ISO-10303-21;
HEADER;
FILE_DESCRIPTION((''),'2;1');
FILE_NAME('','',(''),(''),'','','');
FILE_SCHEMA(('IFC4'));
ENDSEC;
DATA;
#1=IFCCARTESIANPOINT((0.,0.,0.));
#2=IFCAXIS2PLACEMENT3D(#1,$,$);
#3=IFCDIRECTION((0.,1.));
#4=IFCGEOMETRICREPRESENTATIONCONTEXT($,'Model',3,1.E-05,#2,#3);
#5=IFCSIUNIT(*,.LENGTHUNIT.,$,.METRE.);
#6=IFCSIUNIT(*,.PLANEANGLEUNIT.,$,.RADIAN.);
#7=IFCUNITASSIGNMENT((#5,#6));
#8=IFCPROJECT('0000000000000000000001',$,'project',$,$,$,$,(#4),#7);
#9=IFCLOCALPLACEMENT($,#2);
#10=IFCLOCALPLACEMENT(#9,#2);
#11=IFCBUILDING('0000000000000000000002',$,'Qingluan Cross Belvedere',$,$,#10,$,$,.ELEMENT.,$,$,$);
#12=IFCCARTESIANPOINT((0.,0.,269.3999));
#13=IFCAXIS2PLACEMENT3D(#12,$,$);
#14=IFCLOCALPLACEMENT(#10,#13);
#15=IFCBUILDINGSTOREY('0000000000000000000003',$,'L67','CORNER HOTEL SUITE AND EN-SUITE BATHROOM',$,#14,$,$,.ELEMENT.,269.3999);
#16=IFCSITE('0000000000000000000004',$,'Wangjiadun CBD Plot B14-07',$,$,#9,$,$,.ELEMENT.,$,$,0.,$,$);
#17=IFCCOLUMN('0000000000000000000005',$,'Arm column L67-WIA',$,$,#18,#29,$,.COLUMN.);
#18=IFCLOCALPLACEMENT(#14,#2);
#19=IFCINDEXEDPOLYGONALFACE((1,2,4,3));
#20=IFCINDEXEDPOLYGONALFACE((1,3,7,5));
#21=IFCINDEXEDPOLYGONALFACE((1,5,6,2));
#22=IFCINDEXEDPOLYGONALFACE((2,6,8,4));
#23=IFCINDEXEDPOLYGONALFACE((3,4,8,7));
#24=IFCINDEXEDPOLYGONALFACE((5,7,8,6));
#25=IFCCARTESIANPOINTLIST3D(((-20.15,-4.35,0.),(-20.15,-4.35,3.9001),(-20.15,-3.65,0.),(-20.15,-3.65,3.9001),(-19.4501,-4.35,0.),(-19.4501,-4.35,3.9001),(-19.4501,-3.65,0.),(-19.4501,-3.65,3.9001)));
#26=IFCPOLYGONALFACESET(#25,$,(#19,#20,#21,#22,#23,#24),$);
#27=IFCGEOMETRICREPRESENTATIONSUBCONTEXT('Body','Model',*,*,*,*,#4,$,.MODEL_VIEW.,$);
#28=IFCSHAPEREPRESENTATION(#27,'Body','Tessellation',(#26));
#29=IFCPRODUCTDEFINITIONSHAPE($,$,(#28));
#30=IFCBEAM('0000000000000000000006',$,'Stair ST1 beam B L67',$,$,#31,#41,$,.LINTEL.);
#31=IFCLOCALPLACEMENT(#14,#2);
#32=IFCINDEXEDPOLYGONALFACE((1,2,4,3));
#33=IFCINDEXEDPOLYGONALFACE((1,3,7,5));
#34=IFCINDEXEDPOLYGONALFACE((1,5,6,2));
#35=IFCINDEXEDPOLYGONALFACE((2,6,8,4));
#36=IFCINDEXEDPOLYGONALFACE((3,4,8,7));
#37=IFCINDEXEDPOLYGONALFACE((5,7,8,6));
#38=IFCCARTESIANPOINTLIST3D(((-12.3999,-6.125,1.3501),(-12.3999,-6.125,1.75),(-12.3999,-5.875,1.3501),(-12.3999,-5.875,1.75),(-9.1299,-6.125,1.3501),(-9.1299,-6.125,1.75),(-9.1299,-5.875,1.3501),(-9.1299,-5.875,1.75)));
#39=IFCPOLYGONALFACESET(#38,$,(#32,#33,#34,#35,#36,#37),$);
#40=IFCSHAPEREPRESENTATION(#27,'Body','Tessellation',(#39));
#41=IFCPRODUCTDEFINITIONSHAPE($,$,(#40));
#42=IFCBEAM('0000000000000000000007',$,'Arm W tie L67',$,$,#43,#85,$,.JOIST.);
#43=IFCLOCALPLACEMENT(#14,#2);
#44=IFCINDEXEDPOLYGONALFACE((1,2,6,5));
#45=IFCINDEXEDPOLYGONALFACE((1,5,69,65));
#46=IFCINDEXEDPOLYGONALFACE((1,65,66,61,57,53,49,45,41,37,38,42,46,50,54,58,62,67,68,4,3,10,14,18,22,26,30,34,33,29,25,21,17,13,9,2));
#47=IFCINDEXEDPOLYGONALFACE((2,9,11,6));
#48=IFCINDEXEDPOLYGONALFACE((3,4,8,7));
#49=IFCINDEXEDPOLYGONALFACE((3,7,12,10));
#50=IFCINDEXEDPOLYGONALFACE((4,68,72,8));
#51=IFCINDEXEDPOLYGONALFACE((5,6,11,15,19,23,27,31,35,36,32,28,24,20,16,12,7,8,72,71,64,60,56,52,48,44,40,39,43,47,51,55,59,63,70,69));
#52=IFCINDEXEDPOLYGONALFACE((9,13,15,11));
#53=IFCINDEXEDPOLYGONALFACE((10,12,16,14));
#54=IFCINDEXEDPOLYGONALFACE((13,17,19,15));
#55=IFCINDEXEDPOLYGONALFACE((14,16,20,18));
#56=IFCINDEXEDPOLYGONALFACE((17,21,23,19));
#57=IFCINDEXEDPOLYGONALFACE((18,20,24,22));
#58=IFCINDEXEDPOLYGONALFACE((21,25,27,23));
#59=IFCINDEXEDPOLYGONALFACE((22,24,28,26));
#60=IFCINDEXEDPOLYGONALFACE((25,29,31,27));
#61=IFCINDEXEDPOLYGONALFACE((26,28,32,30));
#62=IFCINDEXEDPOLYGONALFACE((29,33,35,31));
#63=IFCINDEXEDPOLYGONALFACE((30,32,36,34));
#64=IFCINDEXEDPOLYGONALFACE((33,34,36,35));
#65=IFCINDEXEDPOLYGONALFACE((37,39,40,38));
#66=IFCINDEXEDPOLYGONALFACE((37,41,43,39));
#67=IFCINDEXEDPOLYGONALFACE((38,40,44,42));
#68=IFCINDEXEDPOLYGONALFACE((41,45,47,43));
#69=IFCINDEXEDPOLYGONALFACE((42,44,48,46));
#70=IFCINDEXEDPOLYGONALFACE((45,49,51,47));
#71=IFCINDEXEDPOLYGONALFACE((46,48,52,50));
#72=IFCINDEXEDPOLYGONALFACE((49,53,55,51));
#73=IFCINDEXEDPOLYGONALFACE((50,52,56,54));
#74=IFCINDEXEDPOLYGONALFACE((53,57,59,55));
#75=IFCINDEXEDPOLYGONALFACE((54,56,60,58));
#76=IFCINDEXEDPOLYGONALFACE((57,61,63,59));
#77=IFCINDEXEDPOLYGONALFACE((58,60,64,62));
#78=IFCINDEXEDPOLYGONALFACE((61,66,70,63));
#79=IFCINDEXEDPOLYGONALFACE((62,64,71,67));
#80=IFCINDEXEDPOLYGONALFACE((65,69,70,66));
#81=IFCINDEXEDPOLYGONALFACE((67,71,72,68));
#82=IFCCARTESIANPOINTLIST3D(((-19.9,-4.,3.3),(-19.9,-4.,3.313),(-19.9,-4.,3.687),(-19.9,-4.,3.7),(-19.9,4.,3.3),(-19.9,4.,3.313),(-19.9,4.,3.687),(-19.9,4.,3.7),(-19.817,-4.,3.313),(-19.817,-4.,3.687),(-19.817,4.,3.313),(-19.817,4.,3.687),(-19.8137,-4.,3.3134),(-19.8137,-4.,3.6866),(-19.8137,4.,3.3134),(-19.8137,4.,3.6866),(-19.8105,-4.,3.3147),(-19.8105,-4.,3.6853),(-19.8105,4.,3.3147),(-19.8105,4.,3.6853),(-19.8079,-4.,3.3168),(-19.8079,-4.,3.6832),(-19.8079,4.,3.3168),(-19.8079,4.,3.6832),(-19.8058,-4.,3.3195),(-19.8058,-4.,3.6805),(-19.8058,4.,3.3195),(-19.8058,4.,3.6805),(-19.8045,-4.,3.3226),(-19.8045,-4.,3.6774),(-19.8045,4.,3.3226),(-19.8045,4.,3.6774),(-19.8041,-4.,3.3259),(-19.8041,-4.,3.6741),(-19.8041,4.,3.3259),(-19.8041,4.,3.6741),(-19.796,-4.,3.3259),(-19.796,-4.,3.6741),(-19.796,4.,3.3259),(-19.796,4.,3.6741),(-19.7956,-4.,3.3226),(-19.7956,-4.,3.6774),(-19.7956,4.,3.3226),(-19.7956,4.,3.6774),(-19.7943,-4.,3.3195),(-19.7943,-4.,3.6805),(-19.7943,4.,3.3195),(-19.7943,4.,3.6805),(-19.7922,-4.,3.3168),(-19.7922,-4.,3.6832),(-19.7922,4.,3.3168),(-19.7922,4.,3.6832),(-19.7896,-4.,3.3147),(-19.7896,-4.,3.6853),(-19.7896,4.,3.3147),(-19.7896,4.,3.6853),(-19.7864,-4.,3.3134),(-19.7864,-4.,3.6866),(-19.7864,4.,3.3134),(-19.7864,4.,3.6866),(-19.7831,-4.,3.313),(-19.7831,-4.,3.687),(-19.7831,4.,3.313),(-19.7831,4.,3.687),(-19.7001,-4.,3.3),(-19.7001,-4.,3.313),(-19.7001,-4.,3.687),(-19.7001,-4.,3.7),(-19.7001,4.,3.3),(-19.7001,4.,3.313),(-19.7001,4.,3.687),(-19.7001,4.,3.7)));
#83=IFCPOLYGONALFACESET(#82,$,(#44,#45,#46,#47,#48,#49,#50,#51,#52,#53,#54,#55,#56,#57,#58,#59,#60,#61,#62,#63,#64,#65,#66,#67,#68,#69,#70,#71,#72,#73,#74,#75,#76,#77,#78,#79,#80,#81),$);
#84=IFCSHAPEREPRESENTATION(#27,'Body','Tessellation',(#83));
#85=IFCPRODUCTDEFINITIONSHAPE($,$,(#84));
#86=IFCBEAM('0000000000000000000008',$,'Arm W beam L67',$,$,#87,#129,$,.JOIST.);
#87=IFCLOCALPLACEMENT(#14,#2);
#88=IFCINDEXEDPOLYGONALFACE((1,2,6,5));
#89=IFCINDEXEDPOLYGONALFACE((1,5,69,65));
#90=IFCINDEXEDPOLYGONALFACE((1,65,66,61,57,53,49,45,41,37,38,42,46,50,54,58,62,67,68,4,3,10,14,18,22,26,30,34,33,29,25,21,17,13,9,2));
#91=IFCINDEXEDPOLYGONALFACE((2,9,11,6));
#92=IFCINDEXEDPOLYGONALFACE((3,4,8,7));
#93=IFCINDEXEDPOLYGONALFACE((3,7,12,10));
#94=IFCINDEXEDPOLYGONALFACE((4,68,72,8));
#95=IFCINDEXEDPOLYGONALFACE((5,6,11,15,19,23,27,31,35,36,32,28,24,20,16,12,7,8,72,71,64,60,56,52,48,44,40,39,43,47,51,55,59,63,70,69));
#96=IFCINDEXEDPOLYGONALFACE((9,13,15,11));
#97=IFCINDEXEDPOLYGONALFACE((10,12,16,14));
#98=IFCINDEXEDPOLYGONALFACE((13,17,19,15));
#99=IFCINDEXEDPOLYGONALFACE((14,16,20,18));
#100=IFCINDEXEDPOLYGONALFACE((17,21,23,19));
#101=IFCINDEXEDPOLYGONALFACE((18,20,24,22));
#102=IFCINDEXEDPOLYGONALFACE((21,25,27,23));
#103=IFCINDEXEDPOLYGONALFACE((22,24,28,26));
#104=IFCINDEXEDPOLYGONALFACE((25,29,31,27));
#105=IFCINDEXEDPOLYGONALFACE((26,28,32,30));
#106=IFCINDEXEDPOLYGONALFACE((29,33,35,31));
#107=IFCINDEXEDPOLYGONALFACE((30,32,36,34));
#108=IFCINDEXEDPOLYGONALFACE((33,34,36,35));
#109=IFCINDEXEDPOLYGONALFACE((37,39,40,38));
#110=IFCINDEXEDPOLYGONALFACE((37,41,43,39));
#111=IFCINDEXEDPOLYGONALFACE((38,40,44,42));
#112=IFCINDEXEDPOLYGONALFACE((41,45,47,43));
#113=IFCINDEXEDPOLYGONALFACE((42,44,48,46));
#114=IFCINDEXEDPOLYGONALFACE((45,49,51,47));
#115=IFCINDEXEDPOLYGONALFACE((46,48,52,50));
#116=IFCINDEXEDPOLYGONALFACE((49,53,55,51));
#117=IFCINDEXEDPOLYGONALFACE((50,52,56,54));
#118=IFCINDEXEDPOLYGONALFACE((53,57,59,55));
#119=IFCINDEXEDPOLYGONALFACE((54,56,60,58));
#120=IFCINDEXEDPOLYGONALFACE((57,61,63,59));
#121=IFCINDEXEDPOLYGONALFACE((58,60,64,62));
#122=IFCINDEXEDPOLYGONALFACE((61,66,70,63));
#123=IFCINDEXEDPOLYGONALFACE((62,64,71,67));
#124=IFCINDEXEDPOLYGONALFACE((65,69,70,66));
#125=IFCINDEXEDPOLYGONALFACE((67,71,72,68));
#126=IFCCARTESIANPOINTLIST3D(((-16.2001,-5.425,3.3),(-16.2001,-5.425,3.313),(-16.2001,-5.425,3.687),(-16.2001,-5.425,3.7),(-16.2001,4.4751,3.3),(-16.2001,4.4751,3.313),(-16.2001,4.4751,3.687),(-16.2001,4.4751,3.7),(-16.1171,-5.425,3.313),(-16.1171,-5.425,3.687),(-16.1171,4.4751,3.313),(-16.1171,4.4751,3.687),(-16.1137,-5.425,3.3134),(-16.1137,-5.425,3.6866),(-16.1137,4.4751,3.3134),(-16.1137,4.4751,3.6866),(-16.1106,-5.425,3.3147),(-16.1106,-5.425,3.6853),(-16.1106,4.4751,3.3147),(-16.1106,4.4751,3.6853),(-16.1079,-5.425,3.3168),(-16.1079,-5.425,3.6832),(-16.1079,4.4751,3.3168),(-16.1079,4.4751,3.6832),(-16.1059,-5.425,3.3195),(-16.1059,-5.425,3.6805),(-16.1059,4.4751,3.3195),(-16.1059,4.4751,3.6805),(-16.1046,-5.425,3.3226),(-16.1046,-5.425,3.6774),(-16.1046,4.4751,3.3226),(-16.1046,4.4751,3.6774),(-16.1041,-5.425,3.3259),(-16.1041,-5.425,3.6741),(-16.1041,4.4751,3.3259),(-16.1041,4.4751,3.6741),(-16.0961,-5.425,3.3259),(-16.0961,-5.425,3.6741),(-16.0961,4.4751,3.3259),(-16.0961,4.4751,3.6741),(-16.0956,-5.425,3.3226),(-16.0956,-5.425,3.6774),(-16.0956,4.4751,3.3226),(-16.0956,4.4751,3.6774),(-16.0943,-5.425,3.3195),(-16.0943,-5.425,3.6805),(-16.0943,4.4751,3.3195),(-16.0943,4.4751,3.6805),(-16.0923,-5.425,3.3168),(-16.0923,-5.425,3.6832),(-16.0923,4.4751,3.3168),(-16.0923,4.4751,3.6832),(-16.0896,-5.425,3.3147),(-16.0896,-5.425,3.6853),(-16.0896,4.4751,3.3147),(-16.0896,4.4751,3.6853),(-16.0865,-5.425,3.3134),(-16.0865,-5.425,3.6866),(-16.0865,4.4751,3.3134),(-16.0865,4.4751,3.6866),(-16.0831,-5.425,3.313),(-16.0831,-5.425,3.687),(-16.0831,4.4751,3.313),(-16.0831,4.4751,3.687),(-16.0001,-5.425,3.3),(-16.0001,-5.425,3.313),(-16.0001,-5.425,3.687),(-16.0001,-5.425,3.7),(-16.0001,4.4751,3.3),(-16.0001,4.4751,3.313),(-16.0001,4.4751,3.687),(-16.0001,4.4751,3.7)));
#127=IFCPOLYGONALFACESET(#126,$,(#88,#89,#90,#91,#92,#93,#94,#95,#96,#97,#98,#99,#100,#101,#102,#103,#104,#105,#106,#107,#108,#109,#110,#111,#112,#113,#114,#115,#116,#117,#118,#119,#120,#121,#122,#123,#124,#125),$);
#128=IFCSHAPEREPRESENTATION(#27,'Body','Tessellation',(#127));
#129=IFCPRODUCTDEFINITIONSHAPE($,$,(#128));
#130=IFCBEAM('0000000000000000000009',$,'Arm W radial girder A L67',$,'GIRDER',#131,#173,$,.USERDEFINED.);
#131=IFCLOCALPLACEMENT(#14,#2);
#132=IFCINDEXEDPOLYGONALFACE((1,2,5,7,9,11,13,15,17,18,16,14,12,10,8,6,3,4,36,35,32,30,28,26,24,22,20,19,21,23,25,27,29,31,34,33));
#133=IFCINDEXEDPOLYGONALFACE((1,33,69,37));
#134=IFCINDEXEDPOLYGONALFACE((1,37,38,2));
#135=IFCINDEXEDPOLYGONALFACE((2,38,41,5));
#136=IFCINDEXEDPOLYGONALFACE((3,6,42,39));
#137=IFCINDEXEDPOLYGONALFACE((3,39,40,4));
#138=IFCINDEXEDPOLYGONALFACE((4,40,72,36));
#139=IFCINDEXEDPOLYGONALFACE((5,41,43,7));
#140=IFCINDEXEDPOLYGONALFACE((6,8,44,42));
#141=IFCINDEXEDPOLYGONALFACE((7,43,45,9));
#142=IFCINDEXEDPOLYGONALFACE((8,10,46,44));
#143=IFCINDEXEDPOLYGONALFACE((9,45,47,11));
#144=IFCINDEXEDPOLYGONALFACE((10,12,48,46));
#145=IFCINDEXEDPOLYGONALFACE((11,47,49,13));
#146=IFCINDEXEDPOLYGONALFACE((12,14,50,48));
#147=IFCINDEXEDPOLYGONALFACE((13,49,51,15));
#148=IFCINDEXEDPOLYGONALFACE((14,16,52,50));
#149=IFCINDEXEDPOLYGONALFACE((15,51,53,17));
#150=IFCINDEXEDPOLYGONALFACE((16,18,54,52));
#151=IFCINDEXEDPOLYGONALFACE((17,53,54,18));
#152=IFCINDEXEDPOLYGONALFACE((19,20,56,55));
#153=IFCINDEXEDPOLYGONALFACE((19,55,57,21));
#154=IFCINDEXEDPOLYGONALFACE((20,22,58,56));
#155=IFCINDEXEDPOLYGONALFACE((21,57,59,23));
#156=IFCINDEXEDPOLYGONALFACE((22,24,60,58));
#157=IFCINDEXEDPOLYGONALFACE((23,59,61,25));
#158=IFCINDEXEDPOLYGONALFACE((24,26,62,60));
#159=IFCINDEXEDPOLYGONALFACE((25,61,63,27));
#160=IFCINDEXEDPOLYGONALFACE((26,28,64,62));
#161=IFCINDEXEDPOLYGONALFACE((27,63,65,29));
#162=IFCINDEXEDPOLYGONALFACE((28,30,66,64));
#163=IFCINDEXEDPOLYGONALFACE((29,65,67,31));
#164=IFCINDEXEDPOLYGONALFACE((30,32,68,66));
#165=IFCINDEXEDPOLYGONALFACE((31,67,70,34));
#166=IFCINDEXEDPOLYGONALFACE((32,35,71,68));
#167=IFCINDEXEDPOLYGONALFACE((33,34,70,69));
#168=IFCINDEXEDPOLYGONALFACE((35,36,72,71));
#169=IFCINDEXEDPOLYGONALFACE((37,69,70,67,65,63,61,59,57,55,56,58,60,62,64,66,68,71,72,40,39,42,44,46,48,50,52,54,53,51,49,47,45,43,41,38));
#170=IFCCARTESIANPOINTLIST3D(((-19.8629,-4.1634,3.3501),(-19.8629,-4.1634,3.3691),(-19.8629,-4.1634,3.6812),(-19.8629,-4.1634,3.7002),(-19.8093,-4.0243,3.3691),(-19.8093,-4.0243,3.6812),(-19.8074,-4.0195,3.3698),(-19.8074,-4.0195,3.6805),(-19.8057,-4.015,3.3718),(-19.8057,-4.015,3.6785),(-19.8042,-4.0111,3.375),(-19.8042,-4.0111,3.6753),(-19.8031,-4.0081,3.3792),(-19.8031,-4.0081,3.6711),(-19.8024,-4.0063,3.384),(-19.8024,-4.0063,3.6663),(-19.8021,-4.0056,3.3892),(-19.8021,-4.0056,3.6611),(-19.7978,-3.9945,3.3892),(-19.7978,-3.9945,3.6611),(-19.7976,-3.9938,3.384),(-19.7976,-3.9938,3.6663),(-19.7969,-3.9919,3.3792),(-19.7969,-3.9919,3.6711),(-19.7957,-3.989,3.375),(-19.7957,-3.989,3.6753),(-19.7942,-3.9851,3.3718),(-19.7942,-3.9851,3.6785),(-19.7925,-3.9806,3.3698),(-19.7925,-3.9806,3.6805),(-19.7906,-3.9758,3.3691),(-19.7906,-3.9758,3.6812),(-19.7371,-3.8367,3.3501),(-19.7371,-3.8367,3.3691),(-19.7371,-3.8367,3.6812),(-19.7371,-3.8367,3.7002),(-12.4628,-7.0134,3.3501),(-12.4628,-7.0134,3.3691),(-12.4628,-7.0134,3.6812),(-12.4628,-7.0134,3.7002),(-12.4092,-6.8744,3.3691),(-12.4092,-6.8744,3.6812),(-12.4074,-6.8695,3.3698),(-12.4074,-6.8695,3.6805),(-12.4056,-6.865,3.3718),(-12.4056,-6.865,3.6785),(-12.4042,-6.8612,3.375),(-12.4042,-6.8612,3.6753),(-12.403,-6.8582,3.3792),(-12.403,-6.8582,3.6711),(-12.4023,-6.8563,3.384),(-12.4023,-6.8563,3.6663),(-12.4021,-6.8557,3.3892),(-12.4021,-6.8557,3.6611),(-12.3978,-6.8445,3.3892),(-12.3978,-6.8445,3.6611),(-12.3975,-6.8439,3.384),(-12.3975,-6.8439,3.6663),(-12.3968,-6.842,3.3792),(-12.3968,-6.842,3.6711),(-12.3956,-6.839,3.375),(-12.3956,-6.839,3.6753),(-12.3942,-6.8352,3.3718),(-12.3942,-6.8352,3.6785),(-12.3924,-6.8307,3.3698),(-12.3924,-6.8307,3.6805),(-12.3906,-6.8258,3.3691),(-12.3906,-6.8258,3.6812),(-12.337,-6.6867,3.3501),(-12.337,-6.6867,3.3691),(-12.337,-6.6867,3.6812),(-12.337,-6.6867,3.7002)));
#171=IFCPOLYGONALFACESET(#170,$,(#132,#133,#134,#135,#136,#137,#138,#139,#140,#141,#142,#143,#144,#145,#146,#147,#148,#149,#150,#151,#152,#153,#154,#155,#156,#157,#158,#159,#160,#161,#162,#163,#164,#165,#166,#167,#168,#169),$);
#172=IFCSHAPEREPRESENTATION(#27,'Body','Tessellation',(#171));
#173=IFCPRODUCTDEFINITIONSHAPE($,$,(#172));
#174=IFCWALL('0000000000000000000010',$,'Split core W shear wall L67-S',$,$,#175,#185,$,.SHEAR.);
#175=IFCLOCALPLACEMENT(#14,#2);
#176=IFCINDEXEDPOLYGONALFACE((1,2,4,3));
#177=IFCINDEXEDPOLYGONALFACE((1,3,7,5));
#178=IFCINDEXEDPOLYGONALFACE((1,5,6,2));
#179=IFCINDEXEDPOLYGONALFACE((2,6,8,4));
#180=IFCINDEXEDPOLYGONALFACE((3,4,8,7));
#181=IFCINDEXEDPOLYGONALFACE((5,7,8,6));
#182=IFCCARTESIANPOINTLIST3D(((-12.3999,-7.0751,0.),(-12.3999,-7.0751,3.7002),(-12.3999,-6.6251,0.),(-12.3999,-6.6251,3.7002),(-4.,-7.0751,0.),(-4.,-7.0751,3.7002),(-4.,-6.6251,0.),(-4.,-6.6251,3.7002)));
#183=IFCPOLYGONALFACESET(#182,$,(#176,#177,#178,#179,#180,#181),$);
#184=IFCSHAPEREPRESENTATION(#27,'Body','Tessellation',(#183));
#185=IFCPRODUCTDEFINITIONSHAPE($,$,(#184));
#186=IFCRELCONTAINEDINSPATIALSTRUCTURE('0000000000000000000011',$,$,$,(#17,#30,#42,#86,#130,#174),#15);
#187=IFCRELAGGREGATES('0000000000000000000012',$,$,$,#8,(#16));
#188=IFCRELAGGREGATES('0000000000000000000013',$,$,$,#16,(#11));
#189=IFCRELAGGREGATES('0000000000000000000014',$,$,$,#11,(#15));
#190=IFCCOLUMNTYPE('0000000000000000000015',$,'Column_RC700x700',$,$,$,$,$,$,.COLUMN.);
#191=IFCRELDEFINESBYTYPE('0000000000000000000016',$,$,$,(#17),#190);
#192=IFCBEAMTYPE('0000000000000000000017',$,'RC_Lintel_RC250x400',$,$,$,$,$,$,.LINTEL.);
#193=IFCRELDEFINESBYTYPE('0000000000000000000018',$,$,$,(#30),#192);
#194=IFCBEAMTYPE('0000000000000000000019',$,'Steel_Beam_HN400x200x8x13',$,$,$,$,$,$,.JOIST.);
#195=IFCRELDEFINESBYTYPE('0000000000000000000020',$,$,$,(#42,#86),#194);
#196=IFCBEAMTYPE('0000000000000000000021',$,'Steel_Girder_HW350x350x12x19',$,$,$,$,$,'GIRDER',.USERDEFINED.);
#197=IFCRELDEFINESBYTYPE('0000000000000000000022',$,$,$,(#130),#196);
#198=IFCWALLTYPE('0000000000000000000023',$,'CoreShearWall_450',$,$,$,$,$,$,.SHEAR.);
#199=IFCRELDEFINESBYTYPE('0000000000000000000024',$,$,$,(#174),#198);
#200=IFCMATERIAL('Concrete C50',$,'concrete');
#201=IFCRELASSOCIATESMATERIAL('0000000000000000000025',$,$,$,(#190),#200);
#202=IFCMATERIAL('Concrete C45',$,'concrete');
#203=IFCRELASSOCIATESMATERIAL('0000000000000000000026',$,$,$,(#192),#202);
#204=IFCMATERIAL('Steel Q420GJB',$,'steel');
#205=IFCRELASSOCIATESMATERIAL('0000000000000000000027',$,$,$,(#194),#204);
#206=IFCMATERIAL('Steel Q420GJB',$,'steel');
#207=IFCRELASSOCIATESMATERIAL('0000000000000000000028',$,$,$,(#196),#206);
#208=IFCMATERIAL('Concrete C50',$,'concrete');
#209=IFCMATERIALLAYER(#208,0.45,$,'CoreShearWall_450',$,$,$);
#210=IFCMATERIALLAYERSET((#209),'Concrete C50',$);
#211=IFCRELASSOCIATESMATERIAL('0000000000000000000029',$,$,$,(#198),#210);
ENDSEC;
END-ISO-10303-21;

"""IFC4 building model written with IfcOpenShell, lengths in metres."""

from ifc_helpers import new_model, si_unit, direction, frame, frame_2d, origin, origin_2d, place, context, subcontext, project, spatial, rectangle, i_section, extrude, material, layer, layer_set, material_profile, profile_set, type_object, element, save


model = new_model("IFC4")

# Units and contexts
model_context = context("Model", 3, precision=1e-05, world=origin(), true_north=direction((0.0, 1.0)))
body_context = subcontext(model_context, "Body", "Model", "MODEL_VIEW")
ifc_project = project(units=[si_unit("LENGTHUNIT", "METRE"), si_unit("PLANEANGLEUNIT", "RADIAN")], contexts=[model_context])

# Site, building, storey
site_placement = place(None, origin())
site = spatial("IfcSite", under=ifc_project, at=site_placement, Name="Wangjiadun CBD Plot B14-07", CompositionType="ELEMENT", RefElevation=0.0)
building_placement = place(site_placement, origin())
building = spatial("IfcBuilding", under=site, at=building_placement, Name="Qingluan Cross Belvedere", CompositionType="ELEMENT")
storey_placement = place(building_placement, frame((0.0, 0.0, 269.3999)))
storey = spatial("IfcBuildingStorey", under=building, at=storey_placement, Name="L67", Description="CORNER HOTEL SUITE AND EN-SUITE BATHROOM", CompositionType="ELEMENT", Elevation=269.3999)

# Column
ifc_material_1 = material(Name="Concrete C50", Category="concrete")
ifc_material_profile_1 = material_profile(ifc_material_1, rectangle(XDim=0.7, YDim=0.7, at=origin_2d()), Name="RC700x700")
ifc_profile_set_1 = profile_set([ifc_material_profile_1], Name="Concrete C50")
column_type = type_object("IfcColumnType", Name="Column_RC700x700", PredefinedType="COLUMN", material=ifc_profile_set_1)
column_placement = place(storey_placement, frame((-19.8, -4.0, 0.0), z_axis=(0.0, 0.0, 1.0), x_axis=(1.0, 0.0, 0.0)))
element("IfcColumn", 1, at=column_placement, inside=storey, type_object=column_type, Name="Arm column L67-WIA", PredefinedType="COLUMN", context=body_context, shape_type="SweptSolid", body=[
    extrude(rectangle(XDim=0.7, YDim=0.7, at=origin_2d()), origin(), (0.0, 0.0, 1.0), 3.9001),
])

# Beams
ifc_material_2 = material(Name="Concrete C45", Category="concrete")
ifc_material_profile_2 = material_profile(ifc_material_2, rectangle(XDim=0.25, YDim=0.3999, at=origin_2d()), Name="RC250x400")
ifc_profile_set_2 = profile_set([ifc_material_profile_2], Name="Concrete C45")
beam_type_1 = type_object("IfcBeamType", Name="RC_Lintel_RC250x400", PredefinedType="LINTEL", material=ifc_profile_set_2)
beam_1_placement = place(storey_placement, frame((-12.3999, -6.0, 1.55), z_axis=(1.0, 0.0, 0.0), x_axis=(0.0, 1.0, 0.0)))
element("IfcBeam", 2, at=beam_1_placement, inside=storey, type_object=beam_type_1, Name="Stair ST1 beam B L67", PredefinedType="LINTEL", context=body_context, shape_type="SweptSolid", body=[
    extrude(rectangle(XDim=0.25, YDim=0.3999, at=origin_2d()), origin(), (0.0, 0.0, 1.0), 3.27),
])
ifc_material_3 = material(Name="Steel Q420GJB", Category="steel")
ifc_material_profile_3 = material_profile(ifc_material_3, i_section(OverallWidth=0.2, OverallDepth=0.3999, WebThickness=0.0081, FlangeThickness=0.0129, FilletRadius=0.0129, at=origin_2d()), Name="HN400x200x8x13")
ifc_profile_set_3 = profile_set([ifc_material_profile_3], Name="Steel Q420GJB")
beam_type_2 = type_object("IfcBeamType", Name="Steel_Beam_HN400x200x8x13", PredefinedType="JOIST", material=ifc_profile_set_3)
beam_2_placement = place(storey_placement, frame((-19.8, -4.0, 3.5), z_axis=(0.0, 1.0, 0.0), x_axis=(-1.0, 0.0, 0.0)))
element("IfcBeam", 3, at=beam_2_placement, inside=storey, type_object=beam_type_2, Name="Arm W tie L67", PredefinedType="JOIST", context=body_context, shape_type="SweptSolid", body=[
    extrude(i_section(OverallWidth=0.2, OverallDepth=0.3999, WebThickness=0.0081, FlangeThickness=0.0129, FilletRadius=0.0129, at=origin_2d()), origin(), (0.0, 0.0, 1.0), 8.0),
])
beam_3_placement = place(storey_placement, frame((-16.1001, -5.425, 3.5), z_axis=(0.0, 1.0, 0.0), x_axis=(-1.0, 0.0, 0.0)))
element("IfcBeam", 4, at=beam_3_placement, inside=storey, type_object=beam_type_2, Name="Arm W beam L67", PredefinedType="JOIST", context=body_context, shape_type="SweptSolid", body=[
    extrude(i_section(OverallWidth=0.2, OverallDepth=0.3999, WebThickness=0.0081, FlangeThickness=0.0129, FilletRadius=0.0129, at=origin_2d()), origin(), (0.0, 0.0, 1.0), 9.9001),
])
ifc_material_4 = material(Name="Steel Q420GJB", Category="steel")
ifc_material_profile_4 = material_profile(ifc_material_4, i_section(OverallWidth=0.3501, OverallDepth=0.3501, WebThickness=0.012, FlangeThickness=0.019, FilletRadius=0.02, at=origin_2d()), Name="HW350x350x12x19")
ifc_profile_set_4 = profile_set([ifc_material_profile_4], Name="Steel Q420GJB")
beam_type_3 = type_object("IfcBeamType", Name="Steel_Girder_HW350x350x12x19", ElementType="GIRDER", PredefinedType="USERDEFINED", material=ifc_profile_set_4)
beam_4_placement = place(storey_placement, frame((-12.3999, -6.8501, 3.5251), z_axis=(-0.933181, 0.359406, 0.0), x_axis=(-0.359406, -0.933181, 0.0)))
element("IfcBeam", 5, at=beam_4_placement, inside=storey, type_object=beam_type_3, Name="Arm W radial girder A L67", ObjectType="GIRDER", PredefinedType="USERDEFINED", context=body_context, shape_type="SweptSolid", body=[
    extrude(i_section(OverallWidth=0.3501, OverallDepth=0.3501, WebThickness=0.012, FlangeThickness=0.019, FilletRadius=0.02, at=origin_2d()), origin(), (0.0, 0.0, 1.0), 7.9299),
])

# Wall
ifc_material_5 = material(Name="Concrete C50", Category="concrete")
ifc_layer_1 = layer(ifc_material_5, 0.45, Name="CoreShearWall_450")
ifc_layer_set_1 = layer_set([ifc_layer_1], Name="Concrete C50")
wall_type_1 = type_object("IfcWallType", Name="CoreShearWall_450", PredefinedType="SHEAR", material=ifc_layer_set_1)
wall_1_placement = place(storey_placement, frame((-12.3999, -6.8501, 0.0), z_axis=(0.0, 0.0, 1.0), x_axis=(1.0, 0.0, 0.0)))
element("IfcWall", 6, at=wall_1_placement, inside=storey, type_object=wall_type_1, Name="Split core W shear wall L67-S", PredefinedType="SHEAR", context=body_context, shape_type="SweptSolid", body=[
    extrude(rectangle(XDim=8.3999, YDim=0.45, at=frame_2d((4.2, 0.0))), origin(), (0.0, 0.0, 1.0), 3.7002),
])

save(model, "model.ifc")
